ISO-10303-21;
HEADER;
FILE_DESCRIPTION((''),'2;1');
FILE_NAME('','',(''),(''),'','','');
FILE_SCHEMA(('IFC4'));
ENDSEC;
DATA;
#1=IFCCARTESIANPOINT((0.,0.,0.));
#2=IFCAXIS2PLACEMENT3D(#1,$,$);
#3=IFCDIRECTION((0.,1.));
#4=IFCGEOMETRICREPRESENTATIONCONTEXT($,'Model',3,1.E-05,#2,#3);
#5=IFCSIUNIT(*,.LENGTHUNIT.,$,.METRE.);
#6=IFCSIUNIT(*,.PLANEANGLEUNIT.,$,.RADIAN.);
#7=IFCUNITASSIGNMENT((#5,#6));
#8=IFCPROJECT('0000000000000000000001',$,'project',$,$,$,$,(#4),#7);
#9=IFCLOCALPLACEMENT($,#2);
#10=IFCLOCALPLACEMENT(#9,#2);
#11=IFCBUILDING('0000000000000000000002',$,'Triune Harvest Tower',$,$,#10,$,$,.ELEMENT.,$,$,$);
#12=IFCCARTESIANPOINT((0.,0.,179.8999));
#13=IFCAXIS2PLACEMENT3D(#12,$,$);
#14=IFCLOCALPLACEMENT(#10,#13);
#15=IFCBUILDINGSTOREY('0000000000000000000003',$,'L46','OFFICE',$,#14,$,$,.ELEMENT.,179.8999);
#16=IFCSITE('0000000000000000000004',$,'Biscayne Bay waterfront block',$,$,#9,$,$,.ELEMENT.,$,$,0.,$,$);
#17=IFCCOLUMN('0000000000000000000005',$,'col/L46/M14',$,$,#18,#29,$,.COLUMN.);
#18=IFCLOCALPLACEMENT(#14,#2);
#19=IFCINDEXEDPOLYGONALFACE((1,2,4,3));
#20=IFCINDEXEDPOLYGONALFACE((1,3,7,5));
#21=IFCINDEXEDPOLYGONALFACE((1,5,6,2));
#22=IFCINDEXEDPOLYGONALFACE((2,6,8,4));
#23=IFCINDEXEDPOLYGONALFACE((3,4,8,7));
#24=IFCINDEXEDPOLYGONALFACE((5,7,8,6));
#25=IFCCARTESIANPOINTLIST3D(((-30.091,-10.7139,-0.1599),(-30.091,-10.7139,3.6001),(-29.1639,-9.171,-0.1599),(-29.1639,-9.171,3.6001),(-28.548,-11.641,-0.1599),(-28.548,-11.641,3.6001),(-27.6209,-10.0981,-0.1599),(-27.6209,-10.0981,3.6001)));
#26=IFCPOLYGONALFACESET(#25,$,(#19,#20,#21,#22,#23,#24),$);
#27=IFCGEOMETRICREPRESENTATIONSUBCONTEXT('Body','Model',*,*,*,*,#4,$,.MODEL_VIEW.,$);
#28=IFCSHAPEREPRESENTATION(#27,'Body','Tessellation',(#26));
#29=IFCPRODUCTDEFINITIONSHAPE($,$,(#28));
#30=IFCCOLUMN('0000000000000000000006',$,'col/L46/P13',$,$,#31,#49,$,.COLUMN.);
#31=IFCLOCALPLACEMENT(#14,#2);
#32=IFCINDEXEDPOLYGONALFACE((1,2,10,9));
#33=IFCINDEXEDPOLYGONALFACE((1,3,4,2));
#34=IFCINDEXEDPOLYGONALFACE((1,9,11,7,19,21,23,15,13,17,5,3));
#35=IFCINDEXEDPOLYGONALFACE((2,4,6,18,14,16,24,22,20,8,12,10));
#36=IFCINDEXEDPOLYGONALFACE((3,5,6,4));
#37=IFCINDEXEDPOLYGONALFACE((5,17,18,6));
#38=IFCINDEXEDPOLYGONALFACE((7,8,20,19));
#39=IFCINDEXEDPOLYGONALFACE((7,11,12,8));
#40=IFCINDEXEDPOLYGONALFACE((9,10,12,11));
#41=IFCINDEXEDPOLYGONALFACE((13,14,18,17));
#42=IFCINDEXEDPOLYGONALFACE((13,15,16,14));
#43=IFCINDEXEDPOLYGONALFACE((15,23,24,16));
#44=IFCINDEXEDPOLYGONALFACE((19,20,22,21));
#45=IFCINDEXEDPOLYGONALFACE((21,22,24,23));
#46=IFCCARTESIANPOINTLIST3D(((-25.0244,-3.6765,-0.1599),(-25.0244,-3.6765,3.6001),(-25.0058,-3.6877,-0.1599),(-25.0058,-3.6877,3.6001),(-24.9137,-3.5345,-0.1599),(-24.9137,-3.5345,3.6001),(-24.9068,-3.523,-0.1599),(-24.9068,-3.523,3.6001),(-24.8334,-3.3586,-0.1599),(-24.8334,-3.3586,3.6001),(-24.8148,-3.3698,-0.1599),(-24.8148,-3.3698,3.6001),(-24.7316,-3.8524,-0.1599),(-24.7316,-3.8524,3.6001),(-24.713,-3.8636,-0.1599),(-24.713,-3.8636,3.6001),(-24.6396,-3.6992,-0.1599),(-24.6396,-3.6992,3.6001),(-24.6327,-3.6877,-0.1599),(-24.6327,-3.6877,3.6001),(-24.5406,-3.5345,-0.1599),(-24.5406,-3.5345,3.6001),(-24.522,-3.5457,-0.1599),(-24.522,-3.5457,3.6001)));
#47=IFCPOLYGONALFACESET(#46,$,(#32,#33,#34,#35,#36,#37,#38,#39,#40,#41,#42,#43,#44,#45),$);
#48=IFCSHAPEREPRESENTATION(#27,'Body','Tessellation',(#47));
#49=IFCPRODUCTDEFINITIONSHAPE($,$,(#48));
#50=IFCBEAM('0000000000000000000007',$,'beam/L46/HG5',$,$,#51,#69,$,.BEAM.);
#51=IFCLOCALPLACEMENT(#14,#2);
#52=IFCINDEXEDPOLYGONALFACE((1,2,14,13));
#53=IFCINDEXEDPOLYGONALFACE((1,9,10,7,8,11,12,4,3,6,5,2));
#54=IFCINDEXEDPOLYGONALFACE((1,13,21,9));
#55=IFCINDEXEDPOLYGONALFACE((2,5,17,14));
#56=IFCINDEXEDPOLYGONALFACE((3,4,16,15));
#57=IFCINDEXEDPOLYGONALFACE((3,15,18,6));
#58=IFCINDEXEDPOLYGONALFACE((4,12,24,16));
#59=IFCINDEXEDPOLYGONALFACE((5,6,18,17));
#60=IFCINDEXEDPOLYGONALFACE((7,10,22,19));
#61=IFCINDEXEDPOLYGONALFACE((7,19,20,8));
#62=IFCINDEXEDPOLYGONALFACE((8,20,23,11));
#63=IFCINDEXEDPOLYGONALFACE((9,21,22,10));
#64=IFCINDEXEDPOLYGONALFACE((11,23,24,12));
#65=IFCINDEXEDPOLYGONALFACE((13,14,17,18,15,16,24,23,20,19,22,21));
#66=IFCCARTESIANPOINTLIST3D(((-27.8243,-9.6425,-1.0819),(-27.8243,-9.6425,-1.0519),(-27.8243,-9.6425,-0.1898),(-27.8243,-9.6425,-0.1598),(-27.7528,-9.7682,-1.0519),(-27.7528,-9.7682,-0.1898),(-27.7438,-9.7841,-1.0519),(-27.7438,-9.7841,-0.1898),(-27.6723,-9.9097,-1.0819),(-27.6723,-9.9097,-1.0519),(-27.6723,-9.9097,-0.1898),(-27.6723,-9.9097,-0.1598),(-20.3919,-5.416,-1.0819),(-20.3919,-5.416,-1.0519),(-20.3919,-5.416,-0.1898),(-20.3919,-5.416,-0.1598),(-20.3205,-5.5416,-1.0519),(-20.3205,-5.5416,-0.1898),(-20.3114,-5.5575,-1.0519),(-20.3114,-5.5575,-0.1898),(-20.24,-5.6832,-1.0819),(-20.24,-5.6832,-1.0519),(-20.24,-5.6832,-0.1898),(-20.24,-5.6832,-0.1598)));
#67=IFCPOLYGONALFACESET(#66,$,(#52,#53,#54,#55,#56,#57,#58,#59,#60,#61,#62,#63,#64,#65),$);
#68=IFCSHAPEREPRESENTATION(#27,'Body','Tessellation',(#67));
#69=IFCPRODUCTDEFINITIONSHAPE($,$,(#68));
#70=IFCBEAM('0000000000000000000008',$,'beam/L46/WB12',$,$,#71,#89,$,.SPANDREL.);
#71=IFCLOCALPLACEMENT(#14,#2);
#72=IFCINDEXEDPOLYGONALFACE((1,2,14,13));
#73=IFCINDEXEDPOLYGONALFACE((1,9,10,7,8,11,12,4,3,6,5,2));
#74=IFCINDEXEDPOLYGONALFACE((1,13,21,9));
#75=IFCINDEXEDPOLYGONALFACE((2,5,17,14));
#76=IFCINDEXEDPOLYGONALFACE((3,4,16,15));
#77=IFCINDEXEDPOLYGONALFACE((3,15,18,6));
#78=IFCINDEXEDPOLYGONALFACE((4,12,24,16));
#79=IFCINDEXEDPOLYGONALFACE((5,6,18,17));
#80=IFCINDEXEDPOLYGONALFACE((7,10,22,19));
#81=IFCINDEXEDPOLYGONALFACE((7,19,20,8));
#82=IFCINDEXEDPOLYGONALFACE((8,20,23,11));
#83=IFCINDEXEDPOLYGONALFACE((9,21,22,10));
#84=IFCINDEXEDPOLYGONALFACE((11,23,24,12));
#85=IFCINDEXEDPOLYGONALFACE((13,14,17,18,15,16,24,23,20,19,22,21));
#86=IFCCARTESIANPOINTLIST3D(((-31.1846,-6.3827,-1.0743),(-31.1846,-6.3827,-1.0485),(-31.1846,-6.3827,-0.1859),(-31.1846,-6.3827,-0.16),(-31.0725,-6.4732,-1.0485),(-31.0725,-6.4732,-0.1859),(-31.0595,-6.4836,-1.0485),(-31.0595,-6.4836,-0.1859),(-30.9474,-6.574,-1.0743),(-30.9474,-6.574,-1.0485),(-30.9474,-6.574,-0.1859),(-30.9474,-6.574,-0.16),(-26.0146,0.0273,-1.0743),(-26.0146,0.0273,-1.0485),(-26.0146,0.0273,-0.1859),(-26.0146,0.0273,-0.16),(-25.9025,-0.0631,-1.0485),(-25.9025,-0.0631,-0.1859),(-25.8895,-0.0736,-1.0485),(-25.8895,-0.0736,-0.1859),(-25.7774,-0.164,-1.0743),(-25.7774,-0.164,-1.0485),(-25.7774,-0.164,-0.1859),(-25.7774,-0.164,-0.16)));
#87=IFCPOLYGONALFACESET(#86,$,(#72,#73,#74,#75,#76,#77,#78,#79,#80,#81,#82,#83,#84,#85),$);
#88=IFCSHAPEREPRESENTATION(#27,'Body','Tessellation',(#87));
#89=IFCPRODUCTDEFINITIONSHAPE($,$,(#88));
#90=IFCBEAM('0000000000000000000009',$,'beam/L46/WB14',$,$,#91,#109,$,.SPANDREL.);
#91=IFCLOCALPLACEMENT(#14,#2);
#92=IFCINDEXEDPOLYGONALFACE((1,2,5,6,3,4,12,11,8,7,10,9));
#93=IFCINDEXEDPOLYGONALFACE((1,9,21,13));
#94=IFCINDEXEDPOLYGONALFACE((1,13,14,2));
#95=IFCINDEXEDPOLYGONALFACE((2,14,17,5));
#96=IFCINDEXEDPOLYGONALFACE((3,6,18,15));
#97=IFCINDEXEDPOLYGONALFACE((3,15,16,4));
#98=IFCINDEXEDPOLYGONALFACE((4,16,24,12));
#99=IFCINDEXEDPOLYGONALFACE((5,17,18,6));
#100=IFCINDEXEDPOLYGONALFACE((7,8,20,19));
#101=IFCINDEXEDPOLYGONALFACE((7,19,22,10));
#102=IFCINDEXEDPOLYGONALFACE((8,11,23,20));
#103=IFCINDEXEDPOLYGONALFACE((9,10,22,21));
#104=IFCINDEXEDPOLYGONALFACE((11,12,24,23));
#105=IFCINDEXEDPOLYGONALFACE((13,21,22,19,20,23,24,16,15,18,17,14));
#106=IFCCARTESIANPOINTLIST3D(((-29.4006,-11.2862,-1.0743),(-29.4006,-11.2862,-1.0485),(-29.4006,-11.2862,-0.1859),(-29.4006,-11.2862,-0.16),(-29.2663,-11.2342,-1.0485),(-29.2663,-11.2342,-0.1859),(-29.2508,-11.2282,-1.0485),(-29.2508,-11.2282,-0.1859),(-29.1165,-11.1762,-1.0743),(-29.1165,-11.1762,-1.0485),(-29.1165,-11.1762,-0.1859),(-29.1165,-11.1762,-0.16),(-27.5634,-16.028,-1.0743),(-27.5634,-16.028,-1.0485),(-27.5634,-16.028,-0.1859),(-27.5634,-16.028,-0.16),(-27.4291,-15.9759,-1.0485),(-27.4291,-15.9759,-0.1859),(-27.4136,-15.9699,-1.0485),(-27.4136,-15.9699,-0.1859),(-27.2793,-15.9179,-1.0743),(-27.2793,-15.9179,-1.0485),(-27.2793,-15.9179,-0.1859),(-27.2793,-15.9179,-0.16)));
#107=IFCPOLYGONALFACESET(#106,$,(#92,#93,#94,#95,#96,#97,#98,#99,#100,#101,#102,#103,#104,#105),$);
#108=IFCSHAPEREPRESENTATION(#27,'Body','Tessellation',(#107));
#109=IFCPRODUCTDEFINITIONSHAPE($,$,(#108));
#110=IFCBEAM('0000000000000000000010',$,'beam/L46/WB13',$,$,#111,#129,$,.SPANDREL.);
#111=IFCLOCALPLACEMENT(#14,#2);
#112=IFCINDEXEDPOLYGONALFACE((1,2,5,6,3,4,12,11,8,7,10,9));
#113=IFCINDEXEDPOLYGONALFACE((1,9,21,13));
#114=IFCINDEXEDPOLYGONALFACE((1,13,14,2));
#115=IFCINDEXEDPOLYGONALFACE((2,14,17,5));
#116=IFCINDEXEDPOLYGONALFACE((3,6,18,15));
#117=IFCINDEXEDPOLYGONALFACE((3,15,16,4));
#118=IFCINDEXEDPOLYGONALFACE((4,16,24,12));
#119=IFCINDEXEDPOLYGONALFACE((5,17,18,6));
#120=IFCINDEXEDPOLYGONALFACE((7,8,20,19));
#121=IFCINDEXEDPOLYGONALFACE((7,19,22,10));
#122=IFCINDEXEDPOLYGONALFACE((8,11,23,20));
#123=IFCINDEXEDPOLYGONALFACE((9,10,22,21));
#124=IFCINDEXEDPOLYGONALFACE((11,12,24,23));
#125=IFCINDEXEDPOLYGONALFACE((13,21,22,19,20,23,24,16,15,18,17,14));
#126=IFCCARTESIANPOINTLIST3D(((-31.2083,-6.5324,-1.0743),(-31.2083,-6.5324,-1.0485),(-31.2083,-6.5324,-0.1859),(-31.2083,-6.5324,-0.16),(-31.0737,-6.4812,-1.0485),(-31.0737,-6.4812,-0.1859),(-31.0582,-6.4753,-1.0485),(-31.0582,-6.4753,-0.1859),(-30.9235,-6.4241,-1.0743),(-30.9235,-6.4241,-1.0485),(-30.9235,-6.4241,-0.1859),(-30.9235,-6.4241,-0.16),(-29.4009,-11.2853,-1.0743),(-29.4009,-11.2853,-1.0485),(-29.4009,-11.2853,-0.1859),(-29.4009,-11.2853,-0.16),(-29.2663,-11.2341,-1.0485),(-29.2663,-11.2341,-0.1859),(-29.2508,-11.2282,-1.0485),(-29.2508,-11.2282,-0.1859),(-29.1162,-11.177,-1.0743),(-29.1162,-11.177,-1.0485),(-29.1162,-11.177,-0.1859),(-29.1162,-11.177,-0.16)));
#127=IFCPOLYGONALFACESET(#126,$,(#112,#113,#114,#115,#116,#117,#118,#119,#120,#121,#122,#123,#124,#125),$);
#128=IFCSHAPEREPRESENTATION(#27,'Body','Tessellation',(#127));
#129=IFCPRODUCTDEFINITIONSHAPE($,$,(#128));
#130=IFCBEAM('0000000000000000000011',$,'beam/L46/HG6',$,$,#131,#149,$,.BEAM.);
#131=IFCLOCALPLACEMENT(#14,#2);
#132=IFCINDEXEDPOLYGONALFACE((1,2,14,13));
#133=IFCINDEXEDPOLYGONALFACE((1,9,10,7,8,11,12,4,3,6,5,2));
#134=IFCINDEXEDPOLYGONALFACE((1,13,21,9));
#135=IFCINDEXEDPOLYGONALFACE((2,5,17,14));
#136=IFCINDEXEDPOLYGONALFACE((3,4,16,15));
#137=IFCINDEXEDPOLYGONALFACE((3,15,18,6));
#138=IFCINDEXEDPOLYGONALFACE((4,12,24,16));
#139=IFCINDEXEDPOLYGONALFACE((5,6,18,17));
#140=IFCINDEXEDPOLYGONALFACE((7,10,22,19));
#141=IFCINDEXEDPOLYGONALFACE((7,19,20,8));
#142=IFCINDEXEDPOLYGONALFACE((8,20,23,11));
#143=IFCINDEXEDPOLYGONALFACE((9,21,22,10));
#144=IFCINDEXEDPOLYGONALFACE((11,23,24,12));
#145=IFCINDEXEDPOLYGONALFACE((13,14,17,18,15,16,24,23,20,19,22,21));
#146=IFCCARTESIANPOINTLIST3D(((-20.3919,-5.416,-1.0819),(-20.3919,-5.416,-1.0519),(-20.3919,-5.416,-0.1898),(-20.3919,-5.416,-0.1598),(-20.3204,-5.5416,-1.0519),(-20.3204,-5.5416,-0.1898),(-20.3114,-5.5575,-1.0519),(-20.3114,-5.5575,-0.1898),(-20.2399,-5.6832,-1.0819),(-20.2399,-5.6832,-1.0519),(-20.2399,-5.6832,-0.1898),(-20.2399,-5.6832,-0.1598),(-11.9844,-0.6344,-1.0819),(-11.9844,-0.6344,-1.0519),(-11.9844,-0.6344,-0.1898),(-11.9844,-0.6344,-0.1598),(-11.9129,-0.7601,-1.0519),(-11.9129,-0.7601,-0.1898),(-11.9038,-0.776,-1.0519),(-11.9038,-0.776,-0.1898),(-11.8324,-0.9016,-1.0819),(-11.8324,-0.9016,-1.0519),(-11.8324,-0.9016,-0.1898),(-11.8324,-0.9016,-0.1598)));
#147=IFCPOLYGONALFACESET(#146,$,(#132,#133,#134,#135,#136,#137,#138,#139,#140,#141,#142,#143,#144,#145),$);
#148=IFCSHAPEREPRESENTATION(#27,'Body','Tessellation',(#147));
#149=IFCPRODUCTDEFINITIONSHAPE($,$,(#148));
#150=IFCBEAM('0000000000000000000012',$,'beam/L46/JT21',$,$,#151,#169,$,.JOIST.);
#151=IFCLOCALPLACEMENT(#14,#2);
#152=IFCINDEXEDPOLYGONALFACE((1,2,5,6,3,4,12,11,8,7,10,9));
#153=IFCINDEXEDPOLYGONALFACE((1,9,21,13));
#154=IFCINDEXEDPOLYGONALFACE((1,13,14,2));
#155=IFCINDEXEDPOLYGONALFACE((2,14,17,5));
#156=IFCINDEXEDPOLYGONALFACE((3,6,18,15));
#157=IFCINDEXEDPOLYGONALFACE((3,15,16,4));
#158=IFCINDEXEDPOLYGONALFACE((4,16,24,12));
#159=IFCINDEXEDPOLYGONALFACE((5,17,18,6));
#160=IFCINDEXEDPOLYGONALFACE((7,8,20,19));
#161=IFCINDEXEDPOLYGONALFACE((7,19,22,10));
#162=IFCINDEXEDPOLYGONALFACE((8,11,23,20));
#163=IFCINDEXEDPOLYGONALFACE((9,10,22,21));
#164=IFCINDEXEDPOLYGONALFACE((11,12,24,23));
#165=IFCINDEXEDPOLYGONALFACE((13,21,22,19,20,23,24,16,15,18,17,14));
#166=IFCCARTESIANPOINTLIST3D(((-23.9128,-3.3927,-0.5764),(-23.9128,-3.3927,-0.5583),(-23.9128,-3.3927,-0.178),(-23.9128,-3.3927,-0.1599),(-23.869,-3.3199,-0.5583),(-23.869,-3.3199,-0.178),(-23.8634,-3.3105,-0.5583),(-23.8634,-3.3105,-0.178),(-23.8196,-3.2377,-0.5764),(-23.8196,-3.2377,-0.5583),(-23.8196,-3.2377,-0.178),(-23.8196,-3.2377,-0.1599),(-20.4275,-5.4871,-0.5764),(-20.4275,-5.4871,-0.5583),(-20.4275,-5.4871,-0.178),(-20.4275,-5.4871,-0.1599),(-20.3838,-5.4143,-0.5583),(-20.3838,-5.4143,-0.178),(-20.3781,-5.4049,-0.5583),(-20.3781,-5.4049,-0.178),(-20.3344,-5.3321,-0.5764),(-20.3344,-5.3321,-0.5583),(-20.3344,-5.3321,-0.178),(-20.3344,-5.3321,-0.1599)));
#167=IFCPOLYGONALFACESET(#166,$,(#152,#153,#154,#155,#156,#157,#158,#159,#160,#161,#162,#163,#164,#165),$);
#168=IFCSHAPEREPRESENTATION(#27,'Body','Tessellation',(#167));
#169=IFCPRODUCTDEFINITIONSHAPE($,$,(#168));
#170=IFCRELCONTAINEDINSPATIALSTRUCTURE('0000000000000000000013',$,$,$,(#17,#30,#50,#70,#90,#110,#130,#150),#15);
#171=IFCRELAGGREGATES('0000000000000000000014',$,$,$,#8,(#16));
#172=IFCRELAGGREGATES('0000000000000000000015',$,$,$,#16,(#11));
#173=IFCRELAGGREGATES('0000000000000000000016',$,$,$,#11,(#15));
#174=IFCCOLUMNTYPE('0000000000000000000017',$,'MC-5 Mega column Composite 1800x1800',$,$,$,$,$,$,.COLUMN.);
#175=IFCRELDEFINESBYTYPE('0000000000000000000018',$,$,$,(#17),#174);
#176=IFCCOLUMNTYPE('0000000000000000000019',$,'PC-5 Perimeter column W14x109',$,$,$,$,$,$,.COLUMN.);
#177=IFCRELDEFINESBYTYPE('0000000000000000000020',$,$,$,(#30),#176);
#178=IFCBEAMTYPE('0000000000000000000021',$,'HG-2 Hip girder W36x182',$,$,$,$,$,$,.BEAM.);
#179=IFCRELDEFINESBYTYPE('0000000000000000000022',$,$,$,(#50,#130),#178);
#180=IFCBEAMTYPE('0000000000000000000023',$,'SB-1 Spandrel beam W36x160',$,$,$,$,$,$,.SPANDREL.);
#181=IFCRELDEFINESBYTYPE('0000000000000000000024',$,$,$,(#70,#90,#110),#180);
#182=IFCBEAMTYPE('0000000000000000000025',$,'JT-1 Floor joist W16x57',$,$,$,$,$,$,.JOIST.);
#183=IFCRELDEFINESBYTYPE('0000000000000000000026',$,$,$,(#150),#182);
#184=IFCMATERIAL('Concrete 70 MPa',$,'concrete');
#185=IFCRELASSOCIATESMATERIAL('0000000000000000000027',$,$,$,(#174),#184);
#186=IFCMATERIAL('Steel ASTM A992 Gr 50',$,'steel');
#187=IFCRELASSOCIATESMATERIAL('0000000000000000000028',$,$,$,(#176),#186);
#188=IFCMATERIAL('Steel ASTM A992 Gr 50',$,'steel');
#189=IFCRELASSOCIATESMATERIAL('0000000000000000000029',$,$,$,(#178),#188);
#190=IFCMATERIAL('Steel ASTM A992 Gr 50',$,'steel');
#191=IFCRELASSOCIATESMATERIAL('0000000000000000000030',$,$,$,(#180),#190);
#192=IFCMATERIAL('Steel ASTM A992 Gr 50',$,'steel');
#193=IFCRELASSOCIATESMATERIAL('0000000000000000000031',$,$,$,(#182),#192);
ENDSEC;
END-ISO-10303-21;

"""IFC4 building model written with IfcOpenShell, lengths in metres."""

from ifc_helpers import new_model, si_unit, direction, frame, origin, origin_2d, place, context, subcontext, project, spatial, rectangle, i_section, extrude, source, transform, mapped, material, material_profile, profile_set, type_object, element, save


model = new_model("IFC4")

# Units and contexts
model_context = context("Model", 3, precision=1e-05, world=origin(), true_north=direction((0.0, 1.0)))
body_context = subcontext(model_context, "Body", "Model", "MODEL_VIEW")
ifc_project = project(units=[si_unit("LENGTHUNIT", "METRE"), si_unit("PLANEANGLEUNIT", "RADIAN")], contexts=[model_context])

# Site, building, storey
site_placement = place(None, origin())
site = spatial("IfcSite", under=ifc_project, at=site_placement, Name="Biscayne Bay waterfront block", CompositionType="ELEMENT", RefElevation=0.0)
building_placement = place(site_placement, origin())
building = spatial("IfcBuilding", under=site, at=building_placement, Name="Triune Harvest Tower", CompositionType="ELEMENT")
storey_placement = place(building_placement, frame((0.0, 0.0, 179.8999)))
storey = spatial("IfcBuildingStorey", under=building, at=storey_placement, Name="L46", Description="OFFICE", CompositionType="ELEMENT", Elevation=179.8999)

# Columns
ifc_material_1 = material(Name="Concrete 70 MPa", Category="concrete")
ifc_material_profile_1 = material_profile(ifc_material_1, rectangle(XDim=1.8, YDim=1.8, at=origin_2d()), Name="Composite 1800x1800")
ifc_profile_set_1 = profile_set([ifc_material_profile_1], Name="Concrete 70 MPa")
column_type_1 = type_object("IfcColumnType", Name="MC-5 Mega column Composite 1800x1800", PredefinedType="COLUMN", material=ifc_profile_set_1)
shared_shape_1 = source(origin(), body_context, "Body", "SweptSolid", [
    extrude(rectangle(XDim=1.8, YDim=1.8, at=origin_2d()), origin(), (0.0, 0.0, 1.0), 3.76),
])
column_1_placement = place(storey_placement, frame((-28.856, -10.406, -0.1599), z_axis=(0.0, 0.0, 1.0), x_axis=(-0.515037, -0.857168, 0.0)))
element("IfcColumn", 1, at=column_1_placement, inside=storey, type_object=column_type_1, Name="col/L46/M14", PredefinedType="COLUMN", context=body_context, shape_type="MappedRepresentation", body=[
    mapped(shared_shape_1, transform((0.0, 0.0, 0.0), scale=1.0)),
])
ifc_material_2 = material(Name="Steel ASTM A992 Gr 50", Category="steel")
ifc_material_profile_2 = material_profile(ifc_material_2, i_section(OverallWidth=0.3708, OverallDepth=0.3633, WebThickness=0.0134, FlangeThickness=0.0217, at=origin_2d()), Name="W14x109")
ifc_profile_set_2 = profile_set([ifc_material_profile_2], Name="Steel ASTM A992 Gr 50")
column_type_2 = type_object("IfcColumnType", Name="PC-5 Perimeter column W14x109", PredefinedType="COLUMN", material=ifc_profile_set_2)
shared_shape_2 = source(origin(), body_context, "Body", "SweptSolid", [
    extrude(i_section(OverallWidth=0.3708, OverallDepth=0.3633, WebThickness=0.0134, FlangeThickness=0.0217, at=origin_2d()), origin(), (0.0, 0.0, 1.0), 3.76),
])
column_2_placement = place(storey_placement, frame((-24.7732, -3.6111, -0.1599), z_axis=(0.0, 0.0, 1.0), x_axis=(-0.515037, -0.857168, 0.0)))
element("IfcColumn", 2, at=column_2_placement, inside=storey, type_object=column_type_2, Name="col/L46/P13", PredefinedType="COLUMN", context=body_context, shape_type="MappedRepresentation", body=[
    mapped(shared_shape_2, transform((0.0, 0.0, 0.0), scale=1.0)),
])

# Beams
ifc_material_3 = material(Name="Steel ASTM A992 Gr 50", Category="steel")
ifc_material_profile_3 = material_profile(ifc_material_3, i_section(OverallWidth=0.3074, OverallDepth=0.9221, WebThickness=0.0183, FlangeThickness=0.03, at=origin_2d()), Name="W36x182")
ifc_profile_set_3 = profile_set([ifc_material_profile_3], Name="Steel ASTM A992 Gr 50")
beam_type_1 = type_object("IfcBeamType", Name="HG-2 Hip girder W36x182", PredefinedType="BEAM", material=ifc_profile_set_3)
beam_1_placement = place(storey_placement, frame((-27.7483, -9.7761, -0.6208), z_axis=(0.869274, 0.49433, 0.0), x_axis=(-0.49433, 0.869274, 0.0)))
element("IfcBeam", 3, at=beam_1_placement, inside=storey, type_object=beam_type_1, Name="beam/L46/HG5", PredefinedType="BEAM", context=body_context, shape_type="SweptSolid", body=[
    extrude(i_section(OverallWidth=0.3074, OverallDepth=0.9221, WebThickness=0.0183, FlangeThickness=0.03, at=origin_2d()), origin(), (0.0, 0.0, 1.0), 8.55),
])
ifc_material_4 = material(Name="Steel ASTM A992 Gr 50", Category="steel")
ifc_material_profile_4 = material_profile(ifc_material_4, i_section(OverallWidth=0.3047, OverallDepth=0.9143, WebThickness=0.0166, FlangeThickness=0.0259, at=origin_2d()), Name="W36x160")
ifc_profile_set_4 = profile_set([ifc_material_profile_4], Name="Steel ASTM A992 Gr 50")
beam_type_2 = type_object("IfcBeamType", Name="SB-1 Spandrel beam W36x160", PredefinedType="SPANDREL", material=ifc_profile_set_4)
shared_shape_3 = source(origin(), body_context, "Body", "SweptSolid", [
    extrude(i_section(OverallWidth=0.3047, OverallDepth=0.9143, WebThickness=0.0166, FlangeThickness=0.0259, at=origin_2d()), origin(), (0.0, 0.0, 1.0), 8.2351),
])
beam_2_placement = place(storey_placement, frame((-25.896, -0.0684, -0.6172), z_axis=(-0.627799, -0.778375, 0.0), x_axis=(0.778375, -0.627799, 0.0)))
element("IfcBeam", 4, at=beam_2_placement, inside=storey, type_object=beam_type_2, Name="beam/L46/WB12", PredefinedType="SPANDREL", context=body_context, shape_type="MappedRepresentation", body=[
    mapped(shared_shape_3, transform((0.0, 0.0, 0.0), scale=1.0)),
])
shared_shape_4 = source(origin(), body_context, "Body", "SweptSolid", [
    extrude(i_section(OverallWidth=0.3047, OverallDepth=0.9143, WebThickness=0.0166, FlangeThickness=0.0259, at=origin_2d()), origin(), (0.0, 0.0, 1.0), 5.0852),
])
beam_3_placement = place(storey_placement, frame((-29.2585, -11.2312, -0.6172), z_axis=(0.361278, -0.932458, 0.0), x_axis=(0.932458, 0.361278, 0.0)))
element("IfcBeam", 5, at=beam_3_placement, inside=storey, type_object=beam_type_2, Name="beam/L46/WB14", PredefinedType="SPANDREL", context=body_context, shape_type="MappedRepresentation", body=[
    mapped(shared_shape_4, transform((0.0, 0.0, 0.0), scale=1.0)),
])
shared_shape_5 = source(origin(), body_context, "Body", "SweptSolid", [
    extrude(i_section(OverallWidth=0.3047, OverallDepth=0.9143, WebThickness=0.0166, FlangeThickness=0.0259, at=origin_2d()), origin(), (0.0, 0.0, 1.0), 5.085),
])
beam_4_placement = place(storey_placement, frame((-31.0659, -6.4783, -0.6172), z_axis=(0.355434, -0.934701, 0.0), x_axis=(0.934701, 0.355434, 0.0)))
element("IfcBeam", 6, at=beam_4_placement, inside=storey, type_object=beam_type_2, Name="beam/L46/WB13", PredefinedType="SPANDREL", context=body_context, shape_type="MappedRepresentation", body=[
    mapped(shared_shape_5, transform((0.0, 0.0, 0.0), scale=1.0)),
])
shared_shape_6 = source(origin(), body_context, "Body", "SweptSolid", [
    extrude(i_section(OverallWidth=0.3074, OverallDepth=0.9221, WebThickness=0.0183, FlangeThickness=0.03, at=origin_2d()), origin(), (0.0, 0.0, 1.0), 9.6721),
])
beam_5_placement = place(storey_placement, frame((-20.3159, -5.5496, -0.6208), z_axis=(0.869256, 0.494363, 0.0), x_axis=(-0.494363, 0.869256, 0.0)))
element("IfcBeam", 7, at=beam_5_placement, inside=storey, type_object=beam_type_1, Name="beam/L46/HG6", PredefinedType="BEAM", context=body_context, shape_type="MappedRepresentation", body=[
    mapped(shared_shape_6, transform((0.0, 0.0, 0.0), scale=1.0)),
])
ifc_material_5 = material(Name="Steel ASTM A992 Gr 50", Category="steel")
ifc_material_profile_5 = material_profile(ifc_material_5, i_section(OverallWidth=0.1809, OverallDepth=0.4165, WebThickness=0.011, FlangeThickness=0.0181, at=origin_2d()), Name="W16x57")
ifc_profile_set_5 = profile_set([ifc_material_profile_5], Name="Steel ASTM A992 Gr 50")
beam_type_3 = type_object("IfcBeamType", Name="JT-1 Floor joist W16x57", PredefinedType="JOIST", material=ifc_profile_set_5)
shared_shape_7 = source(origin(), body_context, "Body", "SweptSolid", [
    extrude(i_section(OverallWidth=0.1809, OverallDepth=0.4165, WebThickness=0.011, FlangeThickness=0.0181, at=origin_2d()), origin(), (0.0, 0.0, 1.0), 4.0662),
])
beam_6_placement = place(storey_placement, frame((-23.8662, -3.3152, -0.3682), z_axis=(0.857138, -0.515087, 0.0), x_axis=(0.515087, 0.857138, 0.0)))
element("IfcBeam", 8, at=beam_6_placement, inside=storey, type_object=beam_type_3, Name="beam/L46/JT21", PredefinedType="JOIST", context=body_context, shape_type="MappedRepresentation", body=[
    mapped(shared_shape_7, transform((0.0, 0.0, 0.0), scale=1.0)),
])

save(model, "model.ifc")
